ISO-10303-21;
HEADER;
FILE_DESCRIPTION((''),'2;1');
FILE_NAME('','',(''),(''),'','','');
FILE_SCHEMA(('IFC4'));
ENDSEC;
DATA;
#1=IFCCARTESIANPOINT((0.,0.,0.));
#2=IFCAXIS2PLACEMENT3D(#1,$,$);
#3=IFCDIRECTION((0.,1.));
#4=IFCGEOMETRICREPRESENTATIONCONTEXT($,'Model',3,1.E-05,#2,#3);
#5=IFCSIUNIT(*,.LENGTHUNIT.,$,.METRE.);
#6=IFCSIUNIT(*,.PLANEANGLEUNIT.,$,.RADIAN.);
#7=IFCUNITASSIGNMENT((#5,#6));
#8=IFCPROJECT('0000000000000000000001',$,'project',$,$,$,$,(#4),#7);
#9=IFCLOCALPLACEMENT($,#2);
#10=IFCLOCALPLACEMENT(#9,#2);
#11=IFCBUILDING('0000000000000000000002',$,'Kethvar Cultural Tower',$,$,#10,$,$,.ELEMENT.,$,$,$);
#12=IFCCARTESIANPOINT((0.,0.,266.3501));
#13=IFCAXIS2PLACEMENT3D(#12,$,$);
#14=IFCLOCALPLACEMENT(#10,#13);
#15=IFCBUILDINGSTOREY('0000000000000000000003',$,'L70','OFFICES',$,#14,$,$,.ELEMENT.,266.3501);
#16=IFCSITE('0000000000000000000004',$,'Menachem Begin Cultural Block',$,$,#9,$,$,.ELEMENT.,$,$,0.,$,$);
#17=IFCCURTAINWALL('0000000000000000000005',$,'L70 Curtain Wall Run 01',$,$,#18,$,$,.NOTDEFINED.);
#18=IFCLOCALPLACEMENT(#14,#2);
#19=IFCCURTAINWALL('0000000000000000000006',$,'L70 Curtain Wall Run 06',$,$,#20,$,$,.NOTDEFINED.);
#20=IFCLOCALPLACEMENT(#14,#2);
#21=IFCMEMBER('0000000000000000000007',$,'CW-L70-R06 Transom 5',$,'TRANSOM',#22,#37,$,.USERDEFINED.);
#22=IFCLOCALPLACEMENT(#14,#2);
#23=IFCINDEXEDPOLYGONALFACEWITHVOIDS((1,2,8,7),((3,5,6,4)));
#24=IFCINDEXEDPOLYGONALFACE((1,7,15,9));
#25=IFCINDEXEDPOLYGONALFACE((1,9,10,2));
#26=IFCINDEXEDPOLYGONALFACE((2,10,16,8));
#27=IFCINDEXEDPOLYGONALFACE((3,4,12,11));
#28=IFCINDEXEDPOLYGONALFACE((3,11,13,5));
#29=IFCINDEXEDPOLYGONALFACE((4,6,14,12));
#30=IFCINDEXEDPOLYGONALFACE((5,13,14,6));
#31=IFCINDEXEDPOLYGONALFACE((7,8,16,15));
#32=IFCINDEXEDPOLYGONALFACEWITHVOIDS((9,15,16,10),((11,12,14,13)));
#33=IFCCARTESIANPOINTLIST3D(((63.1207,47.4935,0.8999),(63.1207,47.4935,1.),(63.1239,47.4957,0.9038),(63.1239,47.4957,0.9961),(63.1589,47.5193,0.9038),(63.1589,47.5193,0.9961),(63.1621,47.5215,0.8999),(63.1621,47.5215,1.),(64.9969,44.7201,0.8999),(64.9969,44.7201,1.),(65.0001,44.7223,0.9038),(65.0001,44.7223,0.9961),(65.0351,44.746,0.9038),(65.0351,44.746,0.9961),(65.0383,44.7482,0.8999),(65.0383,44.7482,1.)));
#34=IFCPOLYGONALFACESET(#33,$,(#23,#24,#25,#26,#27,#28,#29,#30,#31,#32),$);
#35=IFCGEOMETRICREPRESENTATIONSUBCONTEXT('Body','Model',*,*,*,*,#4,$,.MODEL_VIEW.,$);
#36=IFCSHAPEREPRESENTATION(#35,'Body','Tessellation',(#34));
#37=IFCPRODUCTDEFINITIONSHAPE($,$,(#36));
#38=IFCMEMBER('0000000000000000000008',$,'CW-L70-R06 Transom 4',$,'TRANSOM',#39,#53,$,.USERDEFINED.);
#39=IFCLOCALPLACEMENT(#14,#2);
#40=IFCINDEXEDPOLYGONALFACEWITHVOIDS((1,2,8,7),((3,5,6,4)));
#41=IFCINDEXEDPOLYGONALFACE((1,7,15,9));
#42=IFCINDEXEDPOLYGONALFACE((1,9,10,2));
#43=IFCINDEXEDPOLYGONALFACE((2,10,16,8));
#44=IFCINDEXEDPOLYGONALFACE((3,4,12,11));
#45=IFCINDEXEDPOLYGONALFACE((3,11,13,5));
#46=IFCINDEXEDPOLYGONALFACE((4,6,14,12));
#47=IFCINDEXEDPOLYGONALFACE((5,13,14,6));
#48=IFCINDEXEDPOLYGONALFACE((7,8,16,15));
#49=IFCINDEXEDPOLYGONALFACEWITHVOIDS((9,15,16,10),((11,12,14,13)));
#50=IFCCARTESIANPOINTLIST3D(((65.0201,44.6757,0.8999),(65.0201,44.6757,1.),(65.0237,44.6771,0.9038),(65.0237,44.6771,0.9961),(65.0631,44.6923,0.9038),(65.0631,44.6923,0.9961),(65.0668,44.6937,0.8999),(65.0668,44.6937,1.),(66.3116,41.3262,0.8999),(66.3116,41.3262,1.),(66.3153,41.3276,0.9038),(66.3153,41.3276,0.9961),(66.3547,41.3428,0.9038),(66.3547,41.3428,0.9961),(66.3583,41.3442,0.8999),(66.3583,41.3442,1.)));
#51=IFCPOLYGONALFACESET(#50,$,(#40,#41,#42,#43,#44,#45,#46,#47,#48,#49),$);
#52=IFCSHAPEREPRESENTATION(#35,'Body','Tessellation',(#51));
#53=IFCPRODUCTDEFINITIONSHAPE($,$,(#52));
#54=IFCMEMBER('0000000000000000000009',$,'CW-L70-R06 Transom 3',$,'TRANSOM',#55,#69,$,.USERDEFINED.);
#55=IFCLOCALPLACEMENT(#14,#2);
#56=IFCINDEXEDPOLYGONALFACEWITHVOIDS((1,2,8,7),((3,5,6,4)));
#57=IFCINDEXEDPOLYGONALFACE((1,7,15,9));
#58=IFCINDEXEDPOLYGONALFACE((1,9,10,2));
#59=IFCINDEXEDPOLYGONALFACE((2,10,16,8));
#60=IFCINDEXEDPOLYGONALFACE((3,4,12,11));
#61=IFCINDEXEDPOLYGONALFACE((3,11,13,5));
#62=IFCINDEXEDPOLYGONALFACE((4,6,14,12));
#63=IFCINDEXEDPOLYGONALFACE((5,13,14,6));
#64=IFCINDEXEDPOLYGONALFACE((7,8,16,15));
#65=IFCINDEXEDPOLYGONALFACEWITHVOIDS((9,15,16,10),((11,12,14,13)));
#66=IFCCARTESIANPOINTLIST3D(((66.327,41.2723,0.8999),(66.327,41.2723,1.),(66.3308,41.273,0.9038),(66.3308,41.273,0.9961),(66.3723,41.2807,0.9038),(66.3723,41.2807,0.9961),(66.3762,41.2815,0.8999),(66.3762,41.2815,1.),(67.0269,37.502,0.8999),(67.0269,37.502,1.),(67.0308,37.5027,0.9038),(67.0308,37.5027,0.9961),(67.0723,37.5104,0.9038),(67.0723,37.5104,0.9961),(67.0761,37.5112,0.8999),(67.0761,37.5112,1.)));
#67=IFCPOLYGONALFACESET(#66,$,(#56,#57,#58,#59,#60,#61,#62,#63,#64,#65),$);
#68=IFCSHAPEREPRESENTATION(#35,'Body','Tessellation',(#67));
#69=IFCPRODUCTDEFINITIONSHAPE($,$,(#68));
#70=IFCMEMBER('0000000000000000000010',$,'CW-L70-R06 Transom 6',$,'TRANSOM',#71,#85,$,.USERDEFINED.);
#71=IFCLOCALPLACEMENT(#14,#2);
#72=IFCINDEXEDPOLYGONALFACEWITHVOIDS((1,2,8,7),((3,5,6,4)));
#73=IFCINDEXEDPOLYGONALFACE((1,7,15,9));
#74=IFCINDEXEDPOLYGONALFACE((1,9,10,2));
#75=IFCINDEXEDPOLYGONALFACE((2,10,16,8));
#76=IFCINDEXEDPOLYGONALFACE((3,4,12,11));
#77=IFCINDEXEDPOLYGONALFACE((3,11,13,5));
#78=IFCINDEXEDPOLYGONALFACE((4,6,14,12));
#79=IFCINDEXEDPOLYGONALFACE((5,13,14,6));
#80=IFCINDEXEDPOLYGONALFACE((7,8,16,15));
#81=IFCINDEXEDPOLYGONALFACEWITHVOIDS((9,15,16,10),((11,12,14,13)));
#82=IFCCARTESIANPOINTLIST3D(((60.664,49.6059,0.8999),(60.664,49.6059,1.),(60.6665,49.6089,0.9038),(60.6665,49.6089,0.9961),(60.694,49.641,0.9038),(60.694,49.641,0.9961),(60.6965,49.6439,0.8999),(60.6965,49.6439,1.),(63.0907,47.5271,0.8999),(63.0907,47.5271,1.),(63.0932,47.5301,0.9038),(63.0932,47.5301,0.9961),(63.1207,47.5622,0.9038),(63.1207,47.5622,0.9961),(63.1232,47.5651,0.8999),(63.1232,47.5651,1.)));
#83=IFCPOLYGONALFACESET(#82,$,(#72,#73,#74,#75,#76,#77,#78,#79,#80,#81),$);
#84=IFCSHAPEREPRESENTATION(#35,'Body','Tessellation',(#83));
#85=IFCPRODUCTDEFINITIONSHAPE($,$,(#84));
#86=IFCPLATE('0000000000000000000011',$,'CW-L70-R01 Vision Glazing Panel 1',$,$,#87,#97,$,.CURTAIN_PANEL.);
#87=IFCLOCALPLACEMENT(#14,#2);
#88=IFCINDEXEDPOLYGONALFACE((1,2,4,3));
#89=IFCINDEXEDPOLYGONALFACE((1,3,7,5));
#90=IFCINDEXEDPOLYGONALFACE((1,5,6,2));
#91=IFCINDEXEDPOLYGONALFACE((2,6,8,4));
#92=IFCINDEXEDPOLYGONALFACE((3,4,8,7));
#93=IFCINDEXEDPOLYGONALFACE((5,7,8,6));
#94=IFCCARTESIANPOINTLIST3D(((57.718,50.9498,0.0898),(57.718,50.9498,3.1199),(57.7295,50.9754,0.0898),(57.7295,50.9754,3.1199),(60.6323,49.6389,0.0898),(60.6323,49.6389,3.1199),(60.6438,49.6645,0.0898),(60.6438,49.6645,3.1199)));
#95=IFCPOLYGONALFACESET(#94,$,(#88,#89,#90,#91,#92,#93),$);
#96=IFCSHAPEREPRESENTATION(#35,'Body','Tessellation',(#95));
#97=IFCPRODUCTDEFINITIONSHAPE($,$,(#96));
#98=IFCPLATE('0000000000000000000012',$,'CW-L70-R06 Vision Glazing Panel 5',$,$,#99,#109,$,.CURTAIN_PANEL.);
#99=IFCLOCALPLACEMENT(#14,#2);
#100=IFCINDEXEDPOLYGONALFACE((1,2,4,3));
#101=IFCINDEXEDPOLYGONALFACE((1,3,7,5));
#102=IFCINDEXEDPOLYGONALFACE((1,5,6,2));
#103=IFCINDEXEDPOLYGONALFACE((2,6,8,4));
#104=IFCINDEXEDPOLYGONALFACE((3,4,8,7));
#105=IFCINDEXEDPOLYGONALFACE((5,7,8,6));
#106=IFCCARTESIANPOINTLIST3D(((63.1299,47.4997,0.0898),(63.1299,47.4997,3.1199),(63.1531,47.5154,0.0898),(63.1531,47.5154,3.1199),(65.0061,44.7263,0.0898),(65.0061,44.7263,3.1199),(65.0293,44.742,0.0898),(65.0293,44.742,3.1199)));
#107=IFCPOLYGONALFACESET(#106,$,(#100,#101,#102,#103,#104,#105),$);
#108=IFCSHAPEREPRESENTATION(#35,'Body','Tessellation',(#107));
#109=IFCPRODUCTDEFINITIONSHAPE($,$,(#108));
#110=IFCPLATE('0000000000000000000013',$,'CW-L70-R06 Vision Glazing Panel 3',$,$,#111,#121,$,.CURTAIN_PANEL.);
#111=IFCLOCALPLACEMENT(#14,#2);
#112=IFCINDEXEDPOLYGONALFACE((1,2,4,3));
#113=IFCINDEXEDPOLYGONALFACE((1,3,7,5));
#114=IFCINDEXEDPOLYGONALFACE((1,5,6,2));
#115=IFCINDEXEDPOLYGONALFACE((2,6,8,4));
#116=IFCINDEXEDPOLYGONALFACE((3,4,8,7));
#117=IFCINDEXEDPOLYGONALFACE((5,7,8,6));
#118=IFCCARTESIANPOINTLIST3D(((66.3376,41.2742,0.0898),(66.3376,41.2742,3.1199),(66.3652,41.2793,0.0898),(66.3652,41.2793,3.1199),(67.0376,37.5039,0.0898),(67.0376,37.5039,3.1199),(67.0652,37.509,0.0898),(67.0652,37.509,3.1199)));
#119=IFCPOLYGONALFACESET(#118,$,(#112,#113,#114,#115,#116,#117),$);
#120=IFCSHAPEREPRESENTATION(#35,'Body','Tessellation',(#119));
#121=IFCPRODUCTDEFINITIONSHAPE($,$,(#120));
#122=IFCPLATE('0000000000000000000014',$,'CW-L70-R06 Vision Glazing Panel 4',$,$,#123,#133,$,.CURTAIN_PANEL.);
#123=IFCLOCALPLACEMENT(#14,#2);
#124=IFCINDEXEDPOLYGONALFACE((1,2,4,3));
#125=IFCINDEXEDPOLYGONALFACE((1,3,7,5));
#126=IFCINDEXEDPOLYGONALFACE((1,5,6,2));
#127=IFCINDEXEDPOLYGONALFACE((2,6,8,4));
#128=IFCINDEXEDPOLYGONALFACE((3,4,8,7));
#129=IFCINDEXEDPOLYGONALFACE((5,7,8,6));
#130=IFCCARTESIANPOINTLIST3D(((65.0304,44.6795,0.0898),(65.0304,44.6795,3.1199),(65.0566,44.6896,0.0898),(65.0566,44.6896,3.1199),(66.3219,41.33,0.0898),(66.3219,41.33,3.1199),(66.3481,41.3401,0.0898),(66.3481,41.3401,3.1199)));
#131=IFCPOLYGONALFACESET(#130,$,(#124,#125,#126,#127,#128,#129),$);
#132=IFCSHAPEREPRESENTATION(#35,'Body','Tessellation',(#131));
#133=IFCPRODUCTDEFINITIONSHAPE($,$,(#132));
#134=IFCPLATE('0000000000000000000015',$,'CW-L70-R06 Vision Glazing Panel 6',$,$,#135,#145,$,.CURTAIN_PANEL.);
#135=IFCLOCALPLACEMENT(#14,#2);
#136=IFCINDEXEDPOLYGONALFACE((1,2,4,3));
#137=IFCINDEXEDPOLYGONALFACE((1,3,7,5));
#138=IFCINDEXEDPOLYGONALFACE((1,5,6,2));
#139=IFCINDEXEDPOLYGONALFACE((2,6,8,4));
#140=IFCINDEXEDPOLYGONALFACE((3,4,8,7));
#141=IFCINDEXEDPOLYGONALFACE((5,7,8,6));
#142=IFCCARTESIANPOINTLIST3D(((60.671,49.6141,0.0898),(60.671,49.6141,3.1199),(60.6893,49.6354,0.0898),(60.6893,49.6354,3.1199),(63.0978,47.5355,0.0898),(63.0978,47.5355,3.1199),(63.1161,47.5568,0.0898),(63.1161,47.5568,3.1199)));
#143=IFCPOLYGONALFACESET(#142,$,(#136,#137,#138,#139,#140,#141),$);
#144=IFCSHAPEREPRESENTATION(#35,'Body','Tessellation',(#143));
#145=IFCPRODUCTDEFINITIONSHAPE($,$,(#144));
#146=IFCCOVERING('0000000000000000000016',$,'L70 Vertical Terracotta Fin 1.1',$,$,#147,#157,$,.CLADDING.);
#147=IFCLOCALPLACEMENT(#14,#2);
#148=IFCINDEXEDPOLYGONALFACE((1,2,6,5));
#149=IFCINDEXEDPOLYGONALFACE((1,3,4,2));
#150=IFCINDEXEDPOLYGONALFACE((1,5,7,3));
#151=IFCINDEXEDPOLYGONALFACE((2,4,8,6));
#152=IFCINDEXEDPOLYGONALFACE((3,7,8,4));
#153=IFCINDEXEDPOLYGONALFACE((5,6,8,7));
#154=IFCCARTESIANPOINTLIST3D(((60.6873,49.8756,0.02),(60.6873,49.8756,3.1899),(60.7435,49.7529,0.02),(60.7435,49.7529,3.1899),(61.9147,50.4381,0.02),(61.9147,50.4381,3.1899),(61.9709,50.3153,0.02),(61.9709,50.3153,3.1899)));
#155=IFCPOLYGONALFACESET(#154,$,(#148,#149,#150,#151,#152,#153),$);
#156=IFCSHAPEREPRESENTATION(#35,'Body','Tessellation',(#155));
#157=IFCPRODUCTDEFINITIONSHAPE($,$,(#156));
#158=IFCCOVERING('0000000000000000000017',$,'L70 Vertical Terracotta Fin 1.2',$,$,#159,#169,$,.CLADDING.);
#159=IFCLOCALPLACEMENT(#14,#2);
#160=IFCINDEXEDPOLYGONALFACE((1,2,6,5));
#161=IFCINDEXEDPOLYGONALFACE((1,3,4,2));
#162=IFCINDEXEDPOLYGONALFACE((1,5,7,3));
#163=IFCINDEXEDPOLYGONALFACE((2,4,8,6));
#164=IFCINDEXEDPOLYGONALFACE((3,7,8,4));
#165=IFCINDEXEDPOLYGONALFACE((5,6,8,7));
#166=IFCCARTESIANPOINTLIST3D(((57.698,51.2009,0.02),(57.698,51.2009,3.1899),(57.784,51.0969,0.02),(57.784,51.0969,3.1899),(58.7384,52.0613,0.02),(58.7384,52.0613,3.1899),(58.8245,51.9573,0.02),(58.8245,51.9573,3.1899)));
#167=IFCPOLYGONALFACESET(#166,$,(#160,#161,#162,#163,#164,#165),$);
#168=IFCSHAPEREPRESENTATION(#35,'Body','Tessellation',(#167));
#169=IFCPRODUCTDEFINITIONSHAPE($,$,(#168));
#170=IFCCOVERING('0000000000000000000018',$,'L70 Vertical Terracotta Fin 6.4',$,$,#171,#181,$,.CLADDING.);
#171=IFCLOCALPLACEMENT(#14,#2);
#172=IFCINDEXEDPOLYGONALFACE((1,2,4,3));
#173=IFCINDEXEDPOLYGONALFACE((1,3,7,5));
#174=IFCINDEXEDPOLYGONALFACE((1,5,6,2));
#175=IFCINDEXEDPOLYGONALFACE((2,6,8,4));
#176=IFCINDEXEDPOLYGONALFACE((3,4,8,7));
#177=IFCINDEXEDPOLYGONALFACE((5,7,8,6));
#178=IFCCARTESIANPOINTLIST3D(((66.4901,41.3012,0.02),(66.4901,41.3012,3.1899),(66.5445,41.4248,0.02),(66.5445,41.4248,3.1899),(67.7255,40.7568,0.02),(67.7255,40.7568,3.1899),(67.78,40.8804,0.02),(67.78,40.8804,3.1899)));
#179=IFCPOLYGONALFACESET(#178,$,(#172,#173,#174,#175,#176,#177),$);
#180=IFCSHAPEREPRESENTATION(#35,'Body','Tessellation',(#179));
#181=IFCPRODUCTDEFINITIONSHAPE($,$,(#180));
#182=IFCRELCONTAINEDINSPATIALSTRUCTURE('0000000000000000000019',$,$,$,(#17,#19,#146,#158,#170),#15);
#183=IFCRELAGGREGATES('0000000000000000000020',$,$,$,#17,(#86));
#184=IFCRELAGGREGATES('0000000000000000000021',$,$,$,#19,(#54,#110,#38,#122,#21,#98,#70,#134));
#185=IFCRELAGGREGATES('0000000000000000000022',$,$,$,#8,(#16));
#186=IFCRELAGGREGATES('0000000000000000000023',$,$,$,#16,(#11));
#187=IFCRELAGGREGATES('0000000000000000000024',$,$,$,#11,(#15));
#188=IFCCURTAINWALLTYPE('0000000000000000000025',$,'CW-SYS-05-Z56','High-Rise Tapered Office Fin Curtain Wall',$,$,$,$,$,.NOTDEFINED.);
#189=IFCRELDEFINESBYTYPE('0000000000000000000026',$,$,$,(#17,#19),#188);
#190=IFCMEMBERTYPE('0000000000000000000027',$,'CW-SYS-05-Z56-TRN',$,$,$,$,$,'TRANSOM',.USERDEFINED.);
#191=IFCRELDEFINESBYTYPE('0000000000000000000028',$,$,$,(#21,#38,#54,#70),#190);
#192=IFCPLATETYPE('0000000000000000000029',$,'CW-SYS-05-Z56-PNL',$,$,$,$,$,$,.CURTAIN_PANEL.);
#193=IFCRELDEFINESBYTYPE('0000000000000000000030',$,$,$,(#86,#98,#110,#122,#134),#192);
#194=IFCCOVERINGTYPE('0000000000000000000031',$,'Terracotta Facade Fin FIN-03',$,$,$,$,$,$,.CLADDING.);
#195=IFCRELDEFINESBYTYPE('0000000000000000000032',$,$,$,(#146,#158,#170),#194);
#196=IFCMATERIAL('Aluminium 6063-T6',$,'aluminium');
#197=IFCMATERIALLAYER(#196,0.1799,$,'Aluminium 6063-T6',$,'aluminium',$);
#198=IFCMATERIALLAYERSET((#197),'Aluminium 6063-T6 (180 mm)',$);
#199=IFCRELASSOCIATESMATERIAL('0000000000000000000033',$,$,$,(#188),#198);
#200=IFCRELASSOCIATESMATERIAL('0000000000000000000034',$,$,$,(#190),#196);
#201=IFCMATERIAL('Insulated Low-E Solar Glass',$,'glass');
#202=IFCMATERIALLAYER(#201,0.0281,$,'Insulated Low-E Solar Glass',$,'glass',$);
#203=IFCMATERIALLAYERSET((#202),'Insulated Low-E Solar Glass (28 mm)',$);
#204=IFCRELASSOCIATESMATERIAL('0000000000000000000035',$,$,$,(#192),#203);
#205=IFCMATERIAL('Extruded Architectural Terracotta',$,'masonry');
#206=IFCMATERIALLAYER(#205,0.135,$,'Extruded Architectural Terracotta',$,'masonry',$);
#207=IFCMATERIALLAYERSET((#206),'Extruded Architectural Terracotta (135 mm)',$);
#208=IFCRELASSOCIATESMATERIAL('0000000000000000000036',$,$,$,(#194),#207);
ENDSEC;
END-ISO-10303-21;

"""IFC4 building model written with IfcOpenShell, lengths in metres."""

from ifc_helpers import new_model, si_unit, direction, frame, origin, origin_2d, place, context, subcontext, project, spatial, rectangle, hollow_rectangle, extrude, source, transform, mapped, material, layer, layer_set, material_profile, profile_set, type_object, element, aggregate, save


model = new_model("IFC4")

# Units and contexts
model_context = context("Model", 3, precision=1e-05, world=origin(), true_north=direction((0.0, 1.0)))
body_context = subcontext(model_context, "Body", "Model", "MODEL_VIEW")
ifc_project = project(units=[si_unit("LENGTHUNIT", "METRE"), si_unit("PLANEANGLEUNIT", "RADIAN")], contexts=[model_context])

# Site, building, storey
site_placement = place(None, origin())
site = spatial("IfcSite", under=ifc_project, at=site_placement, Name="Menachem Begin Cultural Block", CompositionType="ELEMENT", RefElevation=0.0)
building_placement = place(site_placement, origin())
building = spatial("IfcBuilding", under=site, at=building_placement, Name="Kethvar Cultural Tower", CompositionType="ELEMENT")
storey_placement = place(building_placement, frame((0.0, 0.0, 266.3501)))
storey = spatial("IfcBuildingStorey", under=building, at=storey_placement, Name="L70", Description="OFFICES", CompositionType="ELEMENT", Elevation=266.3501)

# Curtain wall
ifc_material_1 = material(Name="Aluminium 6063-T6", Category="aluminium")
ifc_layer_1 = layer(ifc_material_1, 0.1799, Name="Aluminium 6063-T6", Category="aluminium")
ifc_layer_set_1 = layer_set([ifc_layer_1], Name="Aluminium 6063-T6 (180 mm)")
curtain_wall_type = type_object("IfcCurtainWallType", Name="CW-SYS-05-Z56", Description="High-Rise Tapered Office Fin Curtain Wall", PredefinedType="NOTDEFINED", material=ifc_layer_set_1)
curtain_wall_1_placement = place(storey_placement, origin())
curtain_wall_1 = element("IfcCurtainWall", 1, at=curtain_wall_1_placement, inside=storey, type_object=curtain_wall_type, Name="L70 Curtain Wall Run 01", PredefinedType="NOTDEFINED")

# Curtain wall
curtain_wall_2_placement = place(storey_placement, origin())
curtain_wall_2 = element("IfcCurtainWall", 2, at=curtain_wall_2_placement, inside=storey, type_object=curtain_wall_type, Name="L70 Curtain Wall Run 06", PredefinedType="NOTDEFINED")

# Members
ifc_material_profile_1 = material_profile(ifc_material_1, hollow_rectangle(XDim=0.05, YDim=0.1001, WallThickness=0.0039, at=origin_2d()), Name="Aluminium 6063-T6 — RHS100x50x4")
ifc_profile_set_1 = profile_set([ifc_material_profile_1], Name="Aluminium 6063-T6 — RHS100x50x4")
member_type_1 = type_object("IfcMemberType", Name="CW-SYS-05-Z56-TRN", ElementType="TRANSOM", PredefinedType="USERDEFINED", material=ifc_profile_set_1)
shared_shape_1 = source(origin(), body_context, "Body", "SweptSolid", [
    extrude(hollow_rectangle(XDim=0.05, YDim=0.1001, WallThickness=0.0039, at=origin_2d()), origin(), (0.0, 0.0, 1.0), 3.3484),
])
member_1_placement = place(storey_placement, frame((65.0176, 44.7341, 0.95), z_axis=(-0.560324, 0.828273, 0.0), x_axis=(-0.828273, -0.560324, 0.0)))
member_1 = element("IfcMember", 3, at=member_1_placement, type_object=member_type_1, Name="CW-L70-R06 Transom 5", ObjectType="TRANSOM", PredefinedType="USERDEFINED", context=body_context, shape_type="MappedRepresentation", body=[
    mapped(shared_shape_1, transform((0.0, 0.0, 0.0), scale=1.0)),
])
shared_shape_2 = source(origin(), body_context, "Body", "SweptSolid", [
    extrude(hollow_rectangle(XDim=0.05, YDim=0.1001, WallThickness=0.0039, at=origin_2d()), origin(), (0.0, 0.0, 1.0), 3.5898),
])
member_2_placement = place(storey_placement, frame((66.335, 41.3352, 0.95), z_axis=(-0.359776, 0.933039, 0.0), x_axis=(-0.933039, -0.359776, 0.0)))
member_2 = element("IfcMember", 4, at=member_2_placement, type_object=member_type_1, Name="CW-L70-R06 Transom 4", ObjectType="TRANSOM", PredefinedType="USERDEFINED", context=body_context, shape_type="MappedRepresentation", body=[
    mapped(shared_shape_2, transform((0.0, 0.0, 0.0), scale=1.0)),
])
shared_shape_3 = source(origin(), body_context, "Body", "SweptSolid", [
    extrude(hollow_rectangle(XDim=0.05, YDim=0.1001, WallThickness=0.0039, at=origin_2d()), origin(), (0.0, 0.0, 1.0), 3.8347),
])
member_3_placement = place(storey_placement, frame((67.0515, 37.5066, 0.95), z_axis=(-0.182532, 0.9832, 0.0), x_axis=(-0.9832, -0.182532, 0.0)))
member_3 = element("IfcMember", 5, at=member_3_placement, type_object=member_type_1, Name="CW-L70-R06 Transom 3", ObjectType="TRANSOM", PredefinedType="USERDEFINED", context=body_context, shape_type="MappedRepresentation", body=[
    mapped(shared_shape_3, transform((0.0, 0.0, 0.0), scale=1.0)),
])
shared_shape_4 = source(origin(), body_context, "Body", "SweptSolid", [
    extrude(hollow_rectangle(XDim=0.05, YDim=0.1001, WallThickness=0.0039, at=origin_2d()), origin(), (0.0, 0.0, 1.0), 3.1953),
])
member_4_placement = place(storey_placement, frame((63.1069, 47.5461, 0.95), z_axis=(-0.759445, 0.650571, 0.0), x_axis=(-0.650571, -0.759445, 0.0)))
member_4 = element("IfcMember", 6, at=member_4_placement, type_object=member_type_1, Name="CW-L70-R06 Transom 6", ObjectType="TRANSOM", PredefinedType="USERDEFINED", context=body_context, shape_type="MappedRepresentation", body=[
    mapped(shared_shape_4, transform((0.0, 0.0, 0.0), scale=1.0)),
])

# Plates
ifc_material_2 = material(Name="Insulated Low-E Solar Glass", Category="glass")
ifc_layer_2 = layer(ifc_material_2, 0.0281, Name="Insulated Low-E Solar Glass", Category="glass")
ifc_layer_set_2 = layer_set([ifc_layer_2], Name="Insulated Low-E Solar Glass (28 mm)")
plate_type = type_object("IfcPlateType", Name="CW-SYS-05-Z56-PNL", PredefinedType="CURTAIN_PANEL", material=ifc_layer_set_2)
shared_shape_5 = source(origin(), body_context, "Body", "SweptSolid", [
    extrude(rectangle(XDim=3.1956, YDim=0.0281, at=origin_2d()), origin(), (0.0, 0.0, 1.0), 3.03),
])
plate_1_placement = place(storey_placement, frame((59.1809, 50.3071, 0.0898), z_axis=(0.0, 0.0, 1.0), x_axis=(-0.911991, 0.41021, 0.0)))
plate_1 = element("IfcPlate", 7, at=plate_1_placement, type_object=plate_type, Name="CW-L70-R01 Vision Glazing Panel 1", PredefinedType="CURTAIN_PANEL", context=body_context, shape_type="MappedRepresentation", body=[
    mapped(shared_shape_5, transform((0.0, 0.0, 0.0), scale=1.0)),
])
aggregate(curtain_wall_1, [plate_1])
shared_shape_6 = source(origin(), body_context, "Body", "SweptSolid", [
    extrude(rectangle(XDim=3.3484, YDim=0.0281, at=origin_2d()), origin(), (0.0, 0.0, 1.0), 3.03),
])
plate_2_placement = place(storey_placement, frame((64.0796, 46.1208, 0.0898), z_axis=(0.0, 0.0, 1.0), x_axis=(-0.560335, 0.828266, 0.0)))
plate_2 = element("IfcPlate", 8, at=plate_2_placement, type_object=plate_type, Name="CW-L70-R06 Vision Glazing Panel 5", PredefinedType="CURTAIN_PANEL", context=body_context, shape_type="MappedRepresentation", body=[
    mapped(shared_shape_6, transform((0.0, 0.0, 0.0), scale=1.0)),
])
shared_shape_7 = source(origin(), body_context, "Body", "SweptSolid", [
    extrude(rectangle(XDim=3.8347, YDim=0.0281, at=origin_2d()), origin(), (0.0, 0.0, 1.0), 3.03),
])
plate_3_placement = place(storey_placement, frame((66.7014, 39.3916, 0.0898), z_axis=(0.0, 0.0, 1.0), x_axis=(-0.182527, 0.983201, 0.0)))
plate_3 = element("IfcPlate", 9, at=plate_3_placement, type_object=plate_type, Name="CW-L70-R06 Vision Glazing Panel 3", PredefinedType="CURTAIN_PANEL", context=body_context, shape_type="MappedRepresentation", body=[
    mapped(shared_shape_7, transform((0.0, 0.0, 0.0), scale=1.0)),
])
shared_shape_8 = source(origin(), body_context, "Body", "SweptSolid", [
    extrude(rectangle(XDim=3.5898, YDim=0.0281, at=origin_2d()), origin(), (0.0, 0.0, 1.0), 3.03),
])
plate_4_placement = place(storey_placement, frame((65.6892, 43.0098, 0.0898), z_axis=(0.0, 0.0, 1.0), x_axis=(-0.359769, 0.933041, 0.0)))
plate_4 = element("IfcPlate", 10, at=plate_4_placement, type_object=plate_type, Name="CW-L70-R06 Vision Glazing Panel 4", PredefinedType="CURTAIN_PANEL", context=body_context, shape_type="MappedRepresentation", body=[
    mapped(shared_shape_8, transform((0.0, 0.0, 0.0), scale=1.0)),
])
shared_shape_9 = source(origin(), body_context, "Body", "SweptSolid", [
    extrude(rectangle(XDim=3.1953, YDim=0.0281, at=origin_2d()), origin(), (0.0, 0.0, 1.0), 3.03),
])
plate_5_placement = place(storey_placement, frame((61.8936, 48.5854, 0.0898), z_axis=(0.0, 0.0, 1.0), x_axis=(-0.759476, 0.650536, 0.0)))
plate_5 = element("IfcPlate", 11, at=plate_5_placement, type_object=plate_type, Name="CW-L70-R06 Vision Glazing Panel 6", PredefinedType="CURTAIN_PANEL", context=body_context, shape_type="MappedRepresentation", body=[
    mapped(shared_shape_9, transform((0.0, 0.0, 0.0), scale=1.0)),
])
aggregate(curtain_wall_2, [member_3, plate_3, member_2, plate_4, member_1, plate_2, member_4, plate_5])

# Coverings
ifc_material_3 = material(Name="Extruded Architectural Terracotta", Category="masonry")
ifc_layer_3 = layer(ifc_material_3, 0.135, Name="Extruded Architectural Terracotta", Category="masonry")
ifc_layer_set_3 = layer_set([ifc_layer_3], Name="Extruded Architectural Terracotta (135 mm)")
covering_type = type_object("IfcCoveringType", Name="Terracotta Facade Fin FIN-03", PredefinedType="CLADDING", material=ifc_layer_set_3)
shared_shape_10 = source(origin(), body_context, "Body", "SweptSolid", [
    extrude(rectangle(XDim=1.3501, YDim=0.135, at=origin_2d()), origin(), (0.0, 0.0, 1.0), 3.1699),
])
for number, where, z_axis, x_axis, name in (
    (12, (61.3291, 50.0955, 0.02), (0.0, 0.0, 1.0), (0.909091, 0.416598, 0.0), "L70 Vertical Terracotta Fin 1.1"),
    (13, (58.2612, 51.5791, 0.02), (0.0, 0.0, 1.0), (0.770624, 0.63729, 0.0), "L70 Vertical Terracotta Fin 1.2"),
    (14, (67.135, 41.0908, 0.02), (0.0, 0.0, 1.0), (0.9151, -0.403226, 0.0), "L70 Vertical Terracotta Fin 6.4"),
):
    element("IfcCovering", number, at=place(storey_placement, frame(where, z_axis=z_axis, x_axis=x_axis)), inside=storey, type_object=covering_type, Name=name, PredefinedType="CLADDING", context=body_context, shape_type="MappedRepresentation", body=[
        mapped(shared_shape_10, transform((0.0, 0.0, 0.0), scale=1.0)),
    ])

save(model, "model.ifc")
